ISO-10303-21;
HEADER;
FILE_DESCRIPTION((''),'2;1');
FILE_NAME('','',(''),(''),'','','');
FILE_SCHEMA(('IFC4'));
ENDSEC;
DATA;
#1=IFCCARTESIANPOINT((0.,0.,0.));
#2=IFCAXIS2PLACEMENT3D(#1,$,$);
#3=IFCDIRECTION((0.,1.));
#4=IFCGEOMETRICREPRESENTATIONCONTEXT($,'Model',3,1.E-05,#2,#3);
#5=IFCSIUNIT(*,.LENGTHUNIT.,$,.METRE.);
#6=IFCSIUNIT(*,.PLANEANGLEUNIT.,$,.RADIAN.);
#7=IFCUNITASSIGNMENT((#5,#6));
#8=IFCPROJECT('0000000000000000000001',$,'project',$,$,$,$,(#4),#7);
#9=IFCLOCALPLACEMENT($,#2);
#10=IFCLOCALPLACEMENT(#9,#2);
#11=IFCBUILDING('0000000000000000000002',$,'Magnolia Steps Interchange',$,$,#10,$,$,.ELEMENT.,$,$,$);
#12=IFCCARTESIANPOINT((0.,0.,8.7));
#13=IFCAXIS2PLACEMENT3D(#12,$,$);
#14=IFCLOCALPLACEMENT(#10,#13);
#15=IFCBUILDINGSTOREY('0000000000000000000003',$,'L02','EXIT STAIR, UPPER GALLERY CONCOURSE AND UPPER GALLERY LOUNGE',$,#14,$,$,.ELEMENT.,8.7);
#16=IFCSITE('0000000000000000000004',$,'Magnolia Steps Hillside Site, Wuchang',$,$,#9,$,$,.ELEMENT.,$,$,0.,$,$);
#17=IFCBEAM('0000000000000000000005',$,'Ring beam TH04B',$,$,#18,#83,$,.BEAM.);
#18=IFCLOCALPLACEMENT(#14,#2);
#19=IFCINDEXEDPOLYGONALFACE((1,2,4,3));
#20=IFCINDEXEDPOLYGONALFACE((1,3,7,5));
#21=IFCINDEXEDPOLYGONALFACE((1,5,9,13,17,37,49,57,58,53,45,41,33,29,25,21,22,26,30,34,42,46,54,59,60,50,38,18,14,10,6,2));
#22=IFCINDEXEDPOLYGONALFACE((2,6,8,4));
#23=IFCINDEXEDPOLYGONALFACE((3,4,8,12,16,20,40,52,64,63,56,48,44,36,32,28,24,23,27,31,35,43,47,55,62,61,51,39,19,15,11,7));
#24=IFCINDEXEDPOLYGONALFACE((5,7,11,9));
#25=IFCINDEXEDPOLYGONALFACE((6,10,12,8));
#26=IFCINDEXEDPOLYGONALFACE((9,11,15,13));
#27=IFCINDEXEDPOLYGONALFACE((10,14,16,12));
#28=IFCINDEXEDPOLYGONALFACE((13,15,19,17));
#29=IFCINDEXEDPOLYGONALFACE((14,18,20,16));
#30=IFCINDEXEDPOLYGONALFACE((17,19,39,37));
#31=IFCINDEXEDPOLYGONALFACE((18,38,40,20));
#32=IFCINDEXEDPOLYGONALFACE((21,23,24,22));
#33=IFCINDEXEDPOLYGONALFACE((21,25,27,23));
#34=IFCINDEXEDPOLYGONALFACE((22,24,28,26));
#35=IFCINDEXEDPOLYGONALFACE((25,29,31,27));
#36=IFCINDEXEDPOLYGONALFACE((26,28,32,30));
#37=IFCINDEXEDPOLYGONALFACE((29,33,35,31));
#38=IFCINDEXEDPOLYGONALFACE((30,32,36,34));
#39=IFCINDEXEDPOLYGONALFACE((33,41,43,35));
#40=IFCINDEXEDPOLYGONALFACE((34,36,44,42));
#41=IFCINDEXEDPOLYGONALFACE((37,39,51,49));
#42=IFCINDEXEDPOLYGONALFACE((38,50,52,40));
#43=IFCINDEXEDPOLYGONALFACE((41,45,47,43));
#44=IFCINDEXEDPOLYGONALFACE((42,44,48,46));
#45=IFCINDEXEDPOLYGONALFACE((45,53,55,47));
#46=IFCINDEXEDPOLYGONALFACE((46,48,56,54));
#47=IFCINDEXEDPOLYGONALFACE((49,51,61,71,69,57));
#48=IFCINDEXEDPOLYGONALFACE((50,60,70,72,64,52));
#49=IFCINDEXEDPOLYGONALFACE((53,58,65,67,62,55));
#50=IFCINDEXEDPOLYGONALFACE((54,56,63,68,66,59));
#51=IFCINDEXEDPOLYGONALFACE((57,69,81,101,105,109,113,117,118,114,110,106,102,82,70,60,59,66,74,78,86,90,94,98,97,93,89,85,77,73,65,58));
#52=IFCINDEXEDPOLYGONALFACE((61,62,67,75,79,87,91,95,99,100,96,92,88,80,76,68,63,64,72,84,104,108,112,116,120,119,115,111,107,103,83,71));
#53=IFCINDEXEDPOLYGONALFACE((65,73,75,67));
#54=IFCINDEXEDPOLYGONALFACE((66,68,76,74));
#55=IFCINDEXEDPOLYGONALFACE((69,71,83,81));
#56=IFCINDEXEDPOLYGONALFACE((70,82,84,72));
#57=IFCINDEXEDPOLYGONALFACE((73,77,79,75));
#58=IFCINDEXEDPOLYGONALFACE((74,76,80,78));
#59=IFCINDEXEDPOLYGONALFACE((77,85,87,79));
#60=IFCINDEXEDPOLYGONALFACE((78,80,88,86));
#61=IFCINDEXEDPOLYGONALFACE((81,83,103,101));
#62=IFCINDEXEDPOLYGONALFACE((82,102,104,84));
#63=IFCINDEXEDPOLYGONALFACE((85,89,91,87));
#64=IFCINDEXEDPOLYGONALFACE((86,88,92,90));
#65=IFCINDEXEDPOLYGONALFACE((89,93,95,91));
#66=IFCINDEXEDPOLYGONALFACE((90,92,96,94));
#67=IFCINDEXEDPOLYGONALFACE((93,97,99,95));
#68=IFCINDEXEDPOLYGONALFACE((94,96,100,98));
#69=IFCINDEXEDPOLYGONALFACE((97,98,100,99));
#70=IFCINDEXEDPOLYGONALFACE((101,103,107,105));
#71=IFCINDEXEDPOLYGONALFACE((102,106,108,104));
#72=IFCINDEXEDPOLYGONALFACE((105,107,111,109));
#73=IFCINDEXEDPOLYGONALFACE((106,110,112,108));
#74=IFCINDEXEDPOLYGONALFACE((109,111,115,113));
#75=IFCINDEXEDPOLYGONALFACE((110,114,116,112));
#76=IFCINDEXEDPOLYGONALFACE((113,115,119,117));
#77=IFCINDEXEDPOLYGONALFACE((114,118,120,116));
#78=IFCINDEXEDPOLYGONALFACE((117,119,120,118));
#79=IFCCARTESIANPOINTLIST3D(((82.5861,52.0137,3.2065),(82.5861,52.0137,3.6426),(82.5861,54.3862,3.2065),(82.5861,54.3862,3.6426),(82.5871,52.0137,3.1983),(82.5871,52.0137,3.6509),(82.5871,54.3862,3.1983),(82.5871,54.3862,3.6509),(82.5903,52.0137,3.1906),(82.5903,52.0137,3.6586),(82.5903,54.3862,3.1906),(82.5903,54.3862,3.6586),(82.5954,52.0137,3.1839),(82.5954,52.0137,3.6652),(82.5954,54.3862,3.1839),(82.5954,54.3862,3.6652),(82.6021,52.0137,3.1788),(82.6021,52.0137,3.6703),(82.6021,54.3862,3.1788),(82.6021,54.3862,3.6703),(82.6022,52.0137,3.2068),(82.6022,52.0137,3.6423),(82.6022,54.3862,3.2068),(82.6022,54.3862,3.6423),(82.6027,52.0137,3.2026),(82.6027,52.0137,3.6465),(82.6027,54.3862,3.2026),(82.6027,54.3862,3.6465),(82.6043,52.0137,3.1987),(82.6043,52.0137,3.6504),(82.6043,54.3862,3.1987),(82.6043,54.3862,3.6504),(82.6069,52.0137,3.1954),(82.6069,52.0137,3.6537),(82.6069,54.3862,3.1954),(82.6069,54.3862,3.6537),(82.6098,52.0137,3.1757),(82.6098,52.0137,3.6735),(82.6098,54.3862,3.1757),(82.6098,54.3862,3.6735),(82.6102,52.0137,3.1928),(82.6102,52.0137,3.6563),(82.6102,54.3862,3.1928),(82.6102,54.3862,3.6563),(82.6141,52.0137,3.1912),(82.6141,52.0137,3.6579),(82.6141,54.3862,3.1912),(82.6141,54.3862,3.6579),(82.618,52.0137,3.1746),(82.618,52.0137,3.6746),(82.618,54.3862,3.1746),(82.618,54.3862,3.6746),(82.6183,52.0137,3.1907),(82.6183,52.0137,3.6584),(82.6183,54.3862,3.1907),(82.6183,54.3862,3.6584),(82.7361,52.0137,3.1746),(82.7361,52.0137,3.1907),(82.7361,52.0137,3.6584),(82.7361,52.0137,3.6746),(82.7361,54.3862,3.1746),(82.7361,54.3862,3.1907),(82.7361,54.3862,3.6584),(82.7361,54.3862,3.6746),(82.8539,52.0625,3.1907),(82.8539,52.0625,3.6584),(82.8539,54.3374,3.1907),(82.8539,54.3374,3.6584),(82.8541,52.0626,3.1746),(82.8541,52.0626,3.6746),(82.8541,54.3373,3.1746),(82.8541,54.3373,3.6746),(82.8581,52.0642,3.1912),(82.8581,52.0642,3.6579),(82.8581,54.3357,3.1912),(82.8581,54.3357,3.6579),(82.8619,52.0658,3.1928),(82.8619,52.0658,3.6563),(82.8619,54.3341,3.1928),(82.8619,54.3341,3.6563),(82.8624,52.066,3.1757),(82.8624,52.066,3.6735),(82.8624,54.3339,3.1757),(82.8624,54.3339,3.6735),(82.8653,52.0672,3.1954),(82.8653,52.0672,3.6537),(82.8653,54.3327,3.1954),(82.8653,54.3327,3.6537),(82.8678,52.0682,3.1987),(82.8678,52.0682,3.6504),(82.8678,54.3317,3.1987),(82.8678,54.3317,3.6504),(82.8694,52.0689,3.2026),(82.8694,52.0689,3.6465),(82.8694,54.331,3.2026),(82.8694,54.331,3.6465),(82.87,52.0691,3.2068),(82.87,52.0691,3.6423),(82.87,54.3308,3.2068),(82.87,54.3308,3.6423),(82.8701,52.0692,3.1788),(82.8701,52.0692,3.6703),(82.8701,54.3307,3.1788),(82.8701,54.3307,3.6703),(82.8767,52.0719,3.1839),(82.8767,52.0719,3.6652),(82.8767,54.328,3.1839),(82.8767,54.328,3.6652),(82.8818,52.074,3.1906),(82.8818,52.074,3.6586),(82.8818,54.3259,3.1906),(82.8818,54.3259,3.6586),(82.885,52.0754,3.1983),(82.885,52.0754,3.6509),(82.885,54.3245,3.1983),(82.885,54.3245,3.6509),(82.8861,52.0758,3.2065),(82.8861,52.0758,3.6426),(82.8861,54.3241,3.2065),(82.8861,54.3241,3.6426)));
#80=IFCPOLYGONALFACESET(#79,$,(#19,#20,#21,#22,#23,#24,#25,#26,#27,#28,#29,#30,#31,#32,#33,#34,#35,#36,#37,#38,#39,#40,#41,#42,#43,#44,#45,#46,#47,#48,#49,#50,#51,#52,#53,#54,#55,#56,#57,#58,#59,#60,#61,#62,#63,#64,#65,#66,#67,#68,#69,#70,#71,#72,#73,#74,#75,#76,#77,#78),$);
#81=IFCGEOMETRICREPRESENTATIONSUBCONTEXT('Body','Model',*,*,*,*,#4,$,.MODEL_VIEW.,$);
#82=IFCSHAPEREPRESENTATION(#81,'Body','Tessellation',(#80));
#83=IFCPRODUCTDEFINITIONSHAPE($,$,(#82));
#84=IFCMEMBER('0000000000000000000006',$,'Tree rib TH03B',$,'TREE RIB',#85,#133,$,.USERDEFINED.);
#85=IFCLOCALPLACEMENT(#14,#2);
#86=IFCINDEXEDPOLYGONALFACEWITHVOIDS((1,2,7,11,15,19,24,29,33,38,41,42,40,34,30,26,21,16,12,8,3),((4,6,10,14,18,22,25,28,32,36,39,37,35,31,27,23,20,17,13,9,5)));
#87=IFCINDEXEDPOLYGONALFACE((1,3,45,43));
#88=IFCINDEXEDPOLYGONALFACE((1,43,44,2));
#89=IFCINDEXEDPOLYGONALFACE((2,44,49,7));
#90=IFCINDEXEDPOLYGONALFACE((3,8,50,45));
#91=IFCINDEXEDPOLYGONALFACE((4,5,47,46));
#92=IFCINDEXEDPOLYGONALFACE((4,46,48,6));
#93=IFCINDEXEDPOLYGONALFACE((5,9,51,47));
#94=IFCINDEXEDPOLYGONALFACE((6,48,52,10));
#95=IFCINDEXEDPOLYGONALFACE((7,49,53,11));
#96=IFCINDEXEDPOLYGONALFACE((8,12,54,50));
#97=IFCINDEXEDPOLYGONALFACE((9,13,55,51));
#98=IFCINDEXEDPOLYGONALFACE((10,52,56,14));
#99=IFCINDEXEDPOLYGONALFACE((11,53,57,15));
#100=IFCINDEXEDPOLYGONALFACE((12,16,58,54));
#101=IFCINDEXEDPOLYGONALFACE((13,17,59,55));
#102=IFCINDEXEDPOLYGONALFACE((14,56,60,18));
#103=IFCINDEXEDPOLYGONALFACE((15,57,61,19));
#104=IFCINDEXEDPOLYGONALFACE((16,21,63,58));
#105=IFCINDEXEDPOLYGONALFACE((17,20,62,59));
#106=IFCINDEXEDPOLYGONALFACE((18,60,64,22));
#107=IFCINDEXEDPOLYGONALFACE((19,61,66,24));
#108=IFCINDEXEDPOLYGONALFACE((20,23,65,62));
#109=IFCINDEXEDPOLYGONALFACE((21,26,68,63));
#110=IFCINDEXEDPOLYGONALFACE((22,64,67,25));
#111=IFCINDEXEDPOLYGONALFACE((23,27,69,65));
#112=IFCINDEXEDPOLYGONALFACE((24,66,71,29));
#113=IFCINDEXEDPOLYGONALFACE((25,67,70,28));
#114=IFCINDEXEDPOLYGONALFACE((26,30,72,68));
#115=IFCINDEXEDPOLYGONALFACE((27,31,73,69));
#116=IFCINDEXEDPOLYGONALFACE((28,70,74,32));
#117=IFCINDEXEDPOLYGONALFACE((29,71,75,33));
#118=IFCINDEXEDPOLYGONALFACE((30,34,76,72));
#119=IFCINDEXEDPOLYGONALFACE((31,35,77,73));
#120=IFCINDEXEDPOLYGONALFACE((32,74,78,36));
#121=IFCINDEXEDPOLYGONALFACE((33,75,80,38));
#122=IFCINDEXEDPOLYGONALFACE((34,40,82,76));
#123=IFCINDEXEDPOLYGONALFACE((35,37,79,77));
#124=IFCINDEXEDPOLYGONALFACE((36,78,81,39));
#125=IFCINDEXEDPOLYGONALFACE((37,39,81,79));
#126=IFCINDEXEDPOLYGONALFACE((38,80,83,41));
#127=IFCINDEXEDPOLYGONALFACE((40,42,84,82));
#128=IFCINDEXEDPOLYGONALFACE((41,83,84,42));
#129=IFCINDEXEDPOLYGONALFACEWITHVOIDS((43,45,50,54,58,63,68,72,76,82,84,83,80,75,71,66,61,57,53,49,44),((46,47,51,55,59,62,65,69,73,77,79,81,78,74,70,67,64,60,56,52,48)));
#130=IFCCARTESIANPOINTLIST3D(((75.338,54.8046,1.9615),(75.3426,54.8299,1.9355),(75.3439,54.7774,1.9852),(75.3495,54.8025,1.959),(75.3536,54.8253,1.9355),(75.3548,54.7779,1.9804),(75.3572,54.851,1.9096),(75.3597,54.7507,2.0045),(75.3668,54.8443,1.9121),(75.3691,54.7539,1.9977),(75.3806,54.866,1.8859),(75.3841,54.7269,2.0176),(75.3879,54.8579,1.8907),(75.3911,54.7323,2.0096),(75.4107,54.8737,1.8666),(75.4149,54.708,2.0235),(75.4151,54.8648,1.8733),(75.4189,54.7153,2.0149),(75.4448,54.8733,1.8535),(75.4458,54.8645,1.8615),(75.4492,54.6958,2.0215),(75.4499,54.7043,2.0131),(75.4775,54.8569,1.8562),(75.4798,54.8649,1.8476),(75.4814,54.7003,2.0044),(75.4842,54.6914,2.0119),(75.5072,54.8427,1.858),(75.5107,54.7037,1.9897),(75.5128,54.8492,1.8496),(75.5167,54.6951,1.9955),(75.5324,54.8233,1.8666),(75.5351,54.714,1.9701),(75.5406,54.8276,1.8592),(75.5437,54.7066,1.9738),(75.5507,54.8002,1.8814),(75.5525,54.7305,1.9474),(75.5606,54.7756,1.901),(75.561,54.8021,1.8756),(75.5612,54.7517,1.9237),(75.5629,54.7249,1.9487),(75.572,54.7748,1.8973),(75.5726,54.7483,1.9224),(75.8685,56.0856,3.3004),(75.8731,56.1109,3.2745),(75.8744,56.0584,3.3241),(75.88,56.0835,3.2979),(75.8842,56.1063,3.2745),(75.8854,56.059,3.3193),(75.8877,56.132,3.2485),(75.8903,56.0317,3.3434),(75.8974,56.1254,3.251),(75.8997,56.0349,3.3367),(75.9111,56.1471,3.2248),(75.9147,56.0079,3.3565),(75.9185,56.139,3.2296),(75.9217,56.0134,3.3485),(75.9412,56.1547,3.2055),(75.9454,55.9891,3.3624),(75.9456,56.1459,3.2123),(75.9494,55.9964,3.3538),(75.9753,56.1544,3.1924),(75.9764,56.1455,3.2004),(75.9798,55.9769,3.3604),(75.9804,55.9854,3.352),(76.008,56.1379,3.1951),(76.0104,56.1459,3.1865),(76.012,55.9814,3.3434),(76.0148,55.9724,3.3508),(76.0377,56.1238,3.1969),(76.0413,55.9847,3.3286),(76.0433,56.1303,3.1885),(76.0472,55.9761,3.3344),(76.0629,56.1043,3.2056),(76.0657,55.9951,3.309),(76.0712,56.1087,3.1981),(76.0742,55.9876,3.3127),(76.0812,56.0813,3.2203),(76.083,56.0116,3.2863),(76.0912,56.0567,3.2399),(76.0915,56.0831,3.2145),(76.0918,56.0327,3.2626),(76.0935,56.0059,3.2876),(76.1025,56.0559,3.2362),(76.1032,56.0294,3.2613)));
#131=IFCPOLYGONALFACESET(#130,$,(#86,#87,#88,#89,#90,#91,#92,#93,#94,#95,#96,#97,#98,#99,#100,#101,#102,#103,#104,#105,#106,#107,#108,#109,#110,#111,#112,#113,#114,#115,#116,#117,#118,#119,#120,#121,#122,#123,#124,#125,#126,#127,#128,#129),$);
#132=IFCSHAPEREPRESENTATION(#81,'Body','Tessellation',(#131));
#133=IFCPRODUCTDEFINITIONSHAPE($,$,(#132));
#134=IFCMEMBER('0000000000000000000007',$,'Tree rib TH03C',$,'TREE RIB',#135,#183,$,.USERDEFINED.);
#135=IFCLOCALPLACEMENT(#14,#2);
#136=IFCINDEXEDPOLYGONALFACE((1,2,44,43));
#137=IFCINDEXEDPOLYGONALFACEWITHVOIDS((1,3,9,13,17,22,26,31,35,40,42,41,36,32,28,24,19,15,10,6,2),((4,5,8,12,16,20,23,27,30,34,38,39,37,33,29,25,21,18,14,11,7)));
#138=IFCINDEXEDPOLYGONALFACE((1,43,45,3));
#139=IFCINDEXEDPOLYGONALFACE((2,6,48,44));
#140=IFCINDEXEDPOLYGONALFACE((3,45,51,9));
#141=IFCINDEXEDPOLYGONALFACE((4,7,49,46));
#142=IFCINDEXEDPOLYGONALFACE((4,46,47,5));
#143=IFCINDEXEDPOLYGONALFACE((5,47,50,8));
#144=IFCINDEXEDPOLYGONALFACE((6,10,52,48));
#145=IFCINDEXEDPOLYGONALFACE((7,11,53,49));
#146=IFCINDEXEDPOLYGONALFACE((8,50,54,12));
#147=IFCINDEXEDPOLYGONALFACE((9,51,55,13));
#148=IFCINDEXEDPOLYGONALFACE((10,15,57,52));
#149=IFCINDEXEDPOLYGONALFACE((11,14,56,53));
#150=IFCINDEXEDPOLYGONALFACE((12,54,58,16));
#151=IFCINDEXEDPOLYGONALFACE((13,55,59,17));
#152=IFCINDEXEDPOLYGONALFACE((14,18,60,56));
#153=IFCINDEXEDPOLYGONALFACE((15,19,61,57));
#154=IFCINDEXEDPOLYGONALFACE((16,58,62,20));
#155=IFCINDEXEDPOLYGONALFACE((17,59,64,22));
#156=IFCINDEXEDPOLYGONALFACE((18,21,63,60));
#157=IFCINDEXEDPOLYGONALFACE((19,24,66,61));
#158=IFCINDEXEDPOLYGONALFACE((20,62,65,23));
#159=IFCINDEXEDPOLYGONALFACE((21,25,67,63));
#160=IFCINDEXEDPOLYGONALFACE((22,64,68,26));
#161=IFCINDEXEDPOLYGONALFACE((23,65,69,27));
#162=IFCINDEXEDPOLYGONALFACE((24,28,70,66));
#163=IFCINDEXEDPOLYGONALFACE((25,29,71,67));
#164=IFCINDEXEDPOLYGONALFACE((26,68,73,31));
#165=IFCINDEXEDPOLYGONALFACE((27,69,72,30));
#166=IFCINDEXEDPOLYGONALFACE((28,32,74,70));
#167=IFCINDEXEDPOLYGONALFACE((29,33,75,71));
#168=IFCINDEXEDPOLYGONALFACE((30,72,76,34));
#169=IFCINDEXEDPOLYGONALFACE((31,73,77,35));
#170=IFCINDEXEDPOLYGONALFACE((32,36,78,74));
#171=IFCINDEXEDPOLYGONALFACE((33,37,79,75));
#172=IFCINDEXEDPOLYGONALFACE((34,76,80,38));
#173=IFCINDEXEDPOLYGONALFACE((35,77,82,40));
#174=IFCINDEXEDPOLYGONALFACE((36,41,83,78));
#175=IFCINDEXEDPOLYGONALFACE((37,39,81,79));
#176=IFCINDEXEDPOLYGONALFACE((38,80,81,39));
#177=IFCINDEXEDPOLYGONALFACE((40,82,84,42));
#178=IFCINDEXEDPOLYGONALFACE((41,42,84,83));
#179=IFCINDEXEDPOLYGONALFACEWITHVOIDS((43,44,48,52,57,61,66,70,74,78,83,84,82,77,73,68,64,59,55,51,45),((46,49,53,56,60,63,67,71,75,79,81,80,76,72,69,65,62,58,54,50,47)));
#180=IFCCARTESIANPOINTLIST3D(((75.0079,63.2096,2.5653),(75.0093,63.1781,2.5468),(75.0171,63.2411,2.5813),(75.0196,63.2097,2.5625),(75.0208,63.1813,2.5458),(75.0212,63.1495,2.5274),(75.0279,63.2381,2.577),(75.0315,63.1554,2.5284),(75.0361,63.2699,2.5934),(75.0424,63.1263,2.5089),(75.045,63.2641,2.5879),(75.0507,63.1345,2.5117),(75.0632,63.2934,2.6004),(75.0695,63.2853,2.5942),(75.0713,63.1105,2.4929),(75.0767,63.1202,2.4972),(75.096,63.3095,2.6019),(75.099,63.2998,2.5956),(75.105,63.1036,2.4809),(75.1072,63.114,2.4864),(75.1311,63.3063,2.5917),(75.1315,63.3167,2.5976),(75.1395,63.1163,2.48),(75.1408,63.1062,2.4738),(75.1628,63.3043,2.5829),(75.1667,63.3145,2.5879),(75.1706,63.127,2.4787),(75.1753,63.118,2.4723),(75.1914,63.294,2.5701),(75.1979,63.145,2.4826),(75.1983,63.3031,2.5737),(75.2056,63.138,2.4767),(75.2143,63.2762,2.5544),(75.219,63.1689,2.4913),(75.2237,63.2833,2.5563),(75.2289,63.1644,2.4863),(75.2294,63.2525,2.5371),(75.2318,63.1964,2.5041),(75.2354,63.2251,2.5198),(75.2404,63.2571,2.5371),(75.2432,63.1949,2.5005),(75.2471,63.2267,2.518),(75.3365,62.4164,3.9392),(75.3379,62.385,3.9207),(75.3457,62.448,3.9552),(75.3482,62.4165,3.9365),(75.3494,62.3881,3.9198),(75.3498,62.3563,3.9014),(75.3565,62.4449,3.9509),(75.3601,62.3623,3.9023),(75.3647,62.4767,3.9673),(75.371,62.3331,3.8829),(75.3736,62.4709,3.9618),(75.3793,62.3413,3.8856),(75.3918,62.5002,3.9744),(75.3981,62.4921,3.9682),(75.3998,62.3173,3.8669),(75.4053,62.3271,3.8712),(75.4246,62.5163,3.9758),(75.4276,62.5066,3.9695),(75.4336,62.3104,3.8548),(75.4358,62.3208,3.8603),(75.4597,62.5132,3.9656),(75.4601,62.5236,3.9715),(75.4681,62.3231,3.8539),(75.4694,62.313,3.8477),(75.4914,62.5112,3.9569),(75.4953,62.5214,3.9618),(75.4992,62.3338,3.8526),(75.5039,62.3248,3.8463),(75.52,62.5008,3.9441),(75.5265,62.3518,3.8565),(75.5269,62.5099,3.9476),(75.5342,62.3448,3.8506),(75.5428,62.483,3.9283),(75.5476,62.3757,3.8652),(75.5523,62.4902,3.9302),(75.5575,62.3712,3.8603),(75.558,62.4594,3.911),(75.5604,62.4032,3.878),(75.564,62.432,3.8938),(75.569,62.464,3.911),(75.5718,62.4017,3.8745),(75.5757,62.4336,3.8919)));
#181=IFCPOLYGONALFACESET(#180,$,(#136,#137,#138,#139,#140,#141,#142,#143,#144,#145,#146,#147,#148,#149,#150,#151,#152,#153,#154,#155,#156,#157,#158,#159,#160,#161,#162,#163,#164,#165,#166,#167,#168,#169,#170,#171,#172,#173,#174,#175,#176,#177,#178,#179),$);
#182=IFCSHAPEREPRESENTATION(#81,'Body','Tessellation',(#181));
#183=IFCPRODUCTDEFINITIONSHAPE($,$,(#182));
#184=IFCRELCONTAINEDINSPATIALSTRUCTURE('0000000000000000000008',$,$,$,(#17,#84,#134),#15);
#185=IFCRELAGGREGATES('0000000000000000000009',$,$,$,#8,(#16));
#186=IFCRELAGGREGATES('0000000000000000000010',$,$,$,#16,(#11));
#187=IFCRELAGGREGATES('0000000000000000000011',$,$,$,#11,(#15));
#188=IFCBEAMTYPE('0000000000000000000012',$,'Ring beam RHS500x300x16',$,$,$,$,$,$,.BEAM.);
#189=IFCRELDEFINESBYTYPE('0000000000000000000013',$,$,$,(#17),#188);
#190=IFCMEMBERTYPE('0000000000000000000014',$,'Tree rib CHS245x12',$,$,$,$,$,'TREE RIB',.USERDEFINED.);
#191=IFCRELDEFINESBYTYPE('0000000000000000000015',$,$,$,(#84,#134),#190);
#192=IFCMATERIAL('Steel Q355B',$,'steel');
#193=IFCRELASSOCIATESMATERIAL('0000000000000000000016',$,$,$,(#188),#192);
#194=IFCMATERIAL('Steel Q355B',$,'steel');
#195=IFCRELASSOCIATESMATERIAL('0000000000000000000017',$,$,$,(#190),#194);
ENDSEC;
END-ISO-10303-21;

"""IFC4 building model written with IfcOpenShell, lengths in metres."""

from ifc_helpers import new_model, si_unit, direction, frame, origin, origin_2d, place, context, subcontext, project, spatial, hollow_rectangle, hollow_circle, extrude, clip, halfspace, material, material_profile, profile_set, type_object, element, save


model = new_model("IFC4")

# Units and contexts
model_context = context("Model", 3, precision=1e-05, world=origin(), true_north=direction((0.0, 1.0)))
body_context = subcontext(model_context, "Body", "Model", "MODEL_VIEW")
ifc_project = project(units=[si_unit("LENGTHUNIT", "METRE"), si_unit("PLANEANGLEUNIT", "RADIAN")], contexts=[model_context])

# Site, building, storey
site_placement = place(None, origin())
site = spatial("IfcSite", under=ifc_project, at=site_placement, Name="Magnolia Steps Hillside Site, Wuchang", CompositionType="ELEMENT", RefElevation=0.0)
building_placement = place(site_placement, origin())
building = spatial("IfcBuilding", under=site, at=building_placement, Name="Magnolia Steps Interchange", CompositionType="ELEMENT")
storey_placement = place(building_placement, frame((0.0, 0.0, 8.7)))
storey = spatial("IfcBuildingStorey", under=building, at=storey_placement, Name="L02", Description="EXIT STAIR, UPPER GALLERY CONCOURSE AND UPPER GALLERY LOUNGE", CompositionType="ELEMENT", Elevation=8.7)

# Beam
ifc_material_1 = material(Name="Steel Q355B", Category="steel")
ifc_material_profile_1 = material_profile(ifc_material_1, hollow_rectangle(XDim=0.3, YDim=0.5, WallThickness=0.0161, InnerFilletRadius=0.0161, OuterFilletRadius=0.032, at=origin_2d()), Name="RHS500x300x16")
ifc_profile_set_1 = profile_set([ifc_material_profile_1], Name="Steel Q355B")
beam_type = type_object("IfcBeamType", Name="Ring beam RHS500x300x16", PredefinedType="BEAM", material=ifc_profile_set_1)
beam_1_placement = place(storey_placement, frame((82.7361, 54.3862, 3.4246), z_axis=(0.0, -1.0, 0.0), x_axis=(1.0, 0.0, 0.0)))
element("IfcBeam", 1, at=beam_1_placement, inside=storey, type_object=beam_type, Name="Ring beam TH04B", PredefinedType="BEAM", context=body_context, shape_type="Clipping", body=[
    clip(clip(extrude(hollow_rectangle(XDim=0.3, YDim=0.5, WallThickness=0.0161, InnerFilletRadius=0.0161, OuterFilletRadius=0.032, at=origin_2d()), origin(), (0.0, 0.0, 1.0), 2.3726), halfspace(frame((0.0, 0.0, 0.0), z_axis=(0.382683, 0.0, -0.92388), x_axis=(0.92388, 0.0, 0.382683)), False)), halfspace(frame((0.0, 0.0, 2.3726), z_axis=(0.382683, 0.0, 0.92388), x_axis=(0.92388, 0.0, -0.382683)), False)),
])

# Members
ifc_material_2 = material(Name="Steel Q355B", Category="steel")
ifc_material_profile_2 = material_profile(ifc_material_2, hollow_circle(Radius=0.1226, WallThickness=0.012, at=origin_2d()), Name="CHS245x12")
ifc_profile_set_2 = profile_set([ifc_material_profile_2], Name="Steel Q355B")
member_type = type_object("IfcMemberType", Name="Tree rib CHS245x12", ElementType="TREE RIB", PredefinedType="USERDEFINED", material=ifc_profile_set_2)
member_1_placement = place(storey_placement, frame((75.4558, 54.783, 1.9355), z_axis=(0.275246, 0.664618, 0.694638), x_axis=(-0.923903, 0.382627, 0.0)))
element("IfcMember", 2, at=member_1_placement, inside=storey, type_object=member_type, Name="Tree rib TH03B", ObjectType="TREE RIB", PredefinedType="USERDEFINED", context=body_context, shape_type="SweptSolid", body=[
    extrude(hollow_circle(Radius=0.1226, WallThickness=0.012, at=origin_2d()), origin(), (0.0, 0.0, 1.0), 1.9275),
])
for number, where, z_axis, x_axis, name in (
    (3, (75.1272, 63.2102, 2.5371), (0.20282, -0.489571, 0.848047), (0.923857, 0.382737, 0.0), "Tree rib TH03C"),
):
    element("IfcMember", number, at=place(storey_placement, frame(where, z_axis=z_axis, x_axis=x_axis)), inside=storey, type_object=member_type, Name=name, ObjectType="TREE RIB", PredefinedType="USERDEFINED", context=body_context, shape_type="SweptSolid", body=[
        extrude(hollow_circle(Radius=0.1226, WallThickness=0.012, at=origin_2d()), origin(), (0.0, 0.0, 1.0), 1.6201),
    ])

save(model, "model.ifc")
